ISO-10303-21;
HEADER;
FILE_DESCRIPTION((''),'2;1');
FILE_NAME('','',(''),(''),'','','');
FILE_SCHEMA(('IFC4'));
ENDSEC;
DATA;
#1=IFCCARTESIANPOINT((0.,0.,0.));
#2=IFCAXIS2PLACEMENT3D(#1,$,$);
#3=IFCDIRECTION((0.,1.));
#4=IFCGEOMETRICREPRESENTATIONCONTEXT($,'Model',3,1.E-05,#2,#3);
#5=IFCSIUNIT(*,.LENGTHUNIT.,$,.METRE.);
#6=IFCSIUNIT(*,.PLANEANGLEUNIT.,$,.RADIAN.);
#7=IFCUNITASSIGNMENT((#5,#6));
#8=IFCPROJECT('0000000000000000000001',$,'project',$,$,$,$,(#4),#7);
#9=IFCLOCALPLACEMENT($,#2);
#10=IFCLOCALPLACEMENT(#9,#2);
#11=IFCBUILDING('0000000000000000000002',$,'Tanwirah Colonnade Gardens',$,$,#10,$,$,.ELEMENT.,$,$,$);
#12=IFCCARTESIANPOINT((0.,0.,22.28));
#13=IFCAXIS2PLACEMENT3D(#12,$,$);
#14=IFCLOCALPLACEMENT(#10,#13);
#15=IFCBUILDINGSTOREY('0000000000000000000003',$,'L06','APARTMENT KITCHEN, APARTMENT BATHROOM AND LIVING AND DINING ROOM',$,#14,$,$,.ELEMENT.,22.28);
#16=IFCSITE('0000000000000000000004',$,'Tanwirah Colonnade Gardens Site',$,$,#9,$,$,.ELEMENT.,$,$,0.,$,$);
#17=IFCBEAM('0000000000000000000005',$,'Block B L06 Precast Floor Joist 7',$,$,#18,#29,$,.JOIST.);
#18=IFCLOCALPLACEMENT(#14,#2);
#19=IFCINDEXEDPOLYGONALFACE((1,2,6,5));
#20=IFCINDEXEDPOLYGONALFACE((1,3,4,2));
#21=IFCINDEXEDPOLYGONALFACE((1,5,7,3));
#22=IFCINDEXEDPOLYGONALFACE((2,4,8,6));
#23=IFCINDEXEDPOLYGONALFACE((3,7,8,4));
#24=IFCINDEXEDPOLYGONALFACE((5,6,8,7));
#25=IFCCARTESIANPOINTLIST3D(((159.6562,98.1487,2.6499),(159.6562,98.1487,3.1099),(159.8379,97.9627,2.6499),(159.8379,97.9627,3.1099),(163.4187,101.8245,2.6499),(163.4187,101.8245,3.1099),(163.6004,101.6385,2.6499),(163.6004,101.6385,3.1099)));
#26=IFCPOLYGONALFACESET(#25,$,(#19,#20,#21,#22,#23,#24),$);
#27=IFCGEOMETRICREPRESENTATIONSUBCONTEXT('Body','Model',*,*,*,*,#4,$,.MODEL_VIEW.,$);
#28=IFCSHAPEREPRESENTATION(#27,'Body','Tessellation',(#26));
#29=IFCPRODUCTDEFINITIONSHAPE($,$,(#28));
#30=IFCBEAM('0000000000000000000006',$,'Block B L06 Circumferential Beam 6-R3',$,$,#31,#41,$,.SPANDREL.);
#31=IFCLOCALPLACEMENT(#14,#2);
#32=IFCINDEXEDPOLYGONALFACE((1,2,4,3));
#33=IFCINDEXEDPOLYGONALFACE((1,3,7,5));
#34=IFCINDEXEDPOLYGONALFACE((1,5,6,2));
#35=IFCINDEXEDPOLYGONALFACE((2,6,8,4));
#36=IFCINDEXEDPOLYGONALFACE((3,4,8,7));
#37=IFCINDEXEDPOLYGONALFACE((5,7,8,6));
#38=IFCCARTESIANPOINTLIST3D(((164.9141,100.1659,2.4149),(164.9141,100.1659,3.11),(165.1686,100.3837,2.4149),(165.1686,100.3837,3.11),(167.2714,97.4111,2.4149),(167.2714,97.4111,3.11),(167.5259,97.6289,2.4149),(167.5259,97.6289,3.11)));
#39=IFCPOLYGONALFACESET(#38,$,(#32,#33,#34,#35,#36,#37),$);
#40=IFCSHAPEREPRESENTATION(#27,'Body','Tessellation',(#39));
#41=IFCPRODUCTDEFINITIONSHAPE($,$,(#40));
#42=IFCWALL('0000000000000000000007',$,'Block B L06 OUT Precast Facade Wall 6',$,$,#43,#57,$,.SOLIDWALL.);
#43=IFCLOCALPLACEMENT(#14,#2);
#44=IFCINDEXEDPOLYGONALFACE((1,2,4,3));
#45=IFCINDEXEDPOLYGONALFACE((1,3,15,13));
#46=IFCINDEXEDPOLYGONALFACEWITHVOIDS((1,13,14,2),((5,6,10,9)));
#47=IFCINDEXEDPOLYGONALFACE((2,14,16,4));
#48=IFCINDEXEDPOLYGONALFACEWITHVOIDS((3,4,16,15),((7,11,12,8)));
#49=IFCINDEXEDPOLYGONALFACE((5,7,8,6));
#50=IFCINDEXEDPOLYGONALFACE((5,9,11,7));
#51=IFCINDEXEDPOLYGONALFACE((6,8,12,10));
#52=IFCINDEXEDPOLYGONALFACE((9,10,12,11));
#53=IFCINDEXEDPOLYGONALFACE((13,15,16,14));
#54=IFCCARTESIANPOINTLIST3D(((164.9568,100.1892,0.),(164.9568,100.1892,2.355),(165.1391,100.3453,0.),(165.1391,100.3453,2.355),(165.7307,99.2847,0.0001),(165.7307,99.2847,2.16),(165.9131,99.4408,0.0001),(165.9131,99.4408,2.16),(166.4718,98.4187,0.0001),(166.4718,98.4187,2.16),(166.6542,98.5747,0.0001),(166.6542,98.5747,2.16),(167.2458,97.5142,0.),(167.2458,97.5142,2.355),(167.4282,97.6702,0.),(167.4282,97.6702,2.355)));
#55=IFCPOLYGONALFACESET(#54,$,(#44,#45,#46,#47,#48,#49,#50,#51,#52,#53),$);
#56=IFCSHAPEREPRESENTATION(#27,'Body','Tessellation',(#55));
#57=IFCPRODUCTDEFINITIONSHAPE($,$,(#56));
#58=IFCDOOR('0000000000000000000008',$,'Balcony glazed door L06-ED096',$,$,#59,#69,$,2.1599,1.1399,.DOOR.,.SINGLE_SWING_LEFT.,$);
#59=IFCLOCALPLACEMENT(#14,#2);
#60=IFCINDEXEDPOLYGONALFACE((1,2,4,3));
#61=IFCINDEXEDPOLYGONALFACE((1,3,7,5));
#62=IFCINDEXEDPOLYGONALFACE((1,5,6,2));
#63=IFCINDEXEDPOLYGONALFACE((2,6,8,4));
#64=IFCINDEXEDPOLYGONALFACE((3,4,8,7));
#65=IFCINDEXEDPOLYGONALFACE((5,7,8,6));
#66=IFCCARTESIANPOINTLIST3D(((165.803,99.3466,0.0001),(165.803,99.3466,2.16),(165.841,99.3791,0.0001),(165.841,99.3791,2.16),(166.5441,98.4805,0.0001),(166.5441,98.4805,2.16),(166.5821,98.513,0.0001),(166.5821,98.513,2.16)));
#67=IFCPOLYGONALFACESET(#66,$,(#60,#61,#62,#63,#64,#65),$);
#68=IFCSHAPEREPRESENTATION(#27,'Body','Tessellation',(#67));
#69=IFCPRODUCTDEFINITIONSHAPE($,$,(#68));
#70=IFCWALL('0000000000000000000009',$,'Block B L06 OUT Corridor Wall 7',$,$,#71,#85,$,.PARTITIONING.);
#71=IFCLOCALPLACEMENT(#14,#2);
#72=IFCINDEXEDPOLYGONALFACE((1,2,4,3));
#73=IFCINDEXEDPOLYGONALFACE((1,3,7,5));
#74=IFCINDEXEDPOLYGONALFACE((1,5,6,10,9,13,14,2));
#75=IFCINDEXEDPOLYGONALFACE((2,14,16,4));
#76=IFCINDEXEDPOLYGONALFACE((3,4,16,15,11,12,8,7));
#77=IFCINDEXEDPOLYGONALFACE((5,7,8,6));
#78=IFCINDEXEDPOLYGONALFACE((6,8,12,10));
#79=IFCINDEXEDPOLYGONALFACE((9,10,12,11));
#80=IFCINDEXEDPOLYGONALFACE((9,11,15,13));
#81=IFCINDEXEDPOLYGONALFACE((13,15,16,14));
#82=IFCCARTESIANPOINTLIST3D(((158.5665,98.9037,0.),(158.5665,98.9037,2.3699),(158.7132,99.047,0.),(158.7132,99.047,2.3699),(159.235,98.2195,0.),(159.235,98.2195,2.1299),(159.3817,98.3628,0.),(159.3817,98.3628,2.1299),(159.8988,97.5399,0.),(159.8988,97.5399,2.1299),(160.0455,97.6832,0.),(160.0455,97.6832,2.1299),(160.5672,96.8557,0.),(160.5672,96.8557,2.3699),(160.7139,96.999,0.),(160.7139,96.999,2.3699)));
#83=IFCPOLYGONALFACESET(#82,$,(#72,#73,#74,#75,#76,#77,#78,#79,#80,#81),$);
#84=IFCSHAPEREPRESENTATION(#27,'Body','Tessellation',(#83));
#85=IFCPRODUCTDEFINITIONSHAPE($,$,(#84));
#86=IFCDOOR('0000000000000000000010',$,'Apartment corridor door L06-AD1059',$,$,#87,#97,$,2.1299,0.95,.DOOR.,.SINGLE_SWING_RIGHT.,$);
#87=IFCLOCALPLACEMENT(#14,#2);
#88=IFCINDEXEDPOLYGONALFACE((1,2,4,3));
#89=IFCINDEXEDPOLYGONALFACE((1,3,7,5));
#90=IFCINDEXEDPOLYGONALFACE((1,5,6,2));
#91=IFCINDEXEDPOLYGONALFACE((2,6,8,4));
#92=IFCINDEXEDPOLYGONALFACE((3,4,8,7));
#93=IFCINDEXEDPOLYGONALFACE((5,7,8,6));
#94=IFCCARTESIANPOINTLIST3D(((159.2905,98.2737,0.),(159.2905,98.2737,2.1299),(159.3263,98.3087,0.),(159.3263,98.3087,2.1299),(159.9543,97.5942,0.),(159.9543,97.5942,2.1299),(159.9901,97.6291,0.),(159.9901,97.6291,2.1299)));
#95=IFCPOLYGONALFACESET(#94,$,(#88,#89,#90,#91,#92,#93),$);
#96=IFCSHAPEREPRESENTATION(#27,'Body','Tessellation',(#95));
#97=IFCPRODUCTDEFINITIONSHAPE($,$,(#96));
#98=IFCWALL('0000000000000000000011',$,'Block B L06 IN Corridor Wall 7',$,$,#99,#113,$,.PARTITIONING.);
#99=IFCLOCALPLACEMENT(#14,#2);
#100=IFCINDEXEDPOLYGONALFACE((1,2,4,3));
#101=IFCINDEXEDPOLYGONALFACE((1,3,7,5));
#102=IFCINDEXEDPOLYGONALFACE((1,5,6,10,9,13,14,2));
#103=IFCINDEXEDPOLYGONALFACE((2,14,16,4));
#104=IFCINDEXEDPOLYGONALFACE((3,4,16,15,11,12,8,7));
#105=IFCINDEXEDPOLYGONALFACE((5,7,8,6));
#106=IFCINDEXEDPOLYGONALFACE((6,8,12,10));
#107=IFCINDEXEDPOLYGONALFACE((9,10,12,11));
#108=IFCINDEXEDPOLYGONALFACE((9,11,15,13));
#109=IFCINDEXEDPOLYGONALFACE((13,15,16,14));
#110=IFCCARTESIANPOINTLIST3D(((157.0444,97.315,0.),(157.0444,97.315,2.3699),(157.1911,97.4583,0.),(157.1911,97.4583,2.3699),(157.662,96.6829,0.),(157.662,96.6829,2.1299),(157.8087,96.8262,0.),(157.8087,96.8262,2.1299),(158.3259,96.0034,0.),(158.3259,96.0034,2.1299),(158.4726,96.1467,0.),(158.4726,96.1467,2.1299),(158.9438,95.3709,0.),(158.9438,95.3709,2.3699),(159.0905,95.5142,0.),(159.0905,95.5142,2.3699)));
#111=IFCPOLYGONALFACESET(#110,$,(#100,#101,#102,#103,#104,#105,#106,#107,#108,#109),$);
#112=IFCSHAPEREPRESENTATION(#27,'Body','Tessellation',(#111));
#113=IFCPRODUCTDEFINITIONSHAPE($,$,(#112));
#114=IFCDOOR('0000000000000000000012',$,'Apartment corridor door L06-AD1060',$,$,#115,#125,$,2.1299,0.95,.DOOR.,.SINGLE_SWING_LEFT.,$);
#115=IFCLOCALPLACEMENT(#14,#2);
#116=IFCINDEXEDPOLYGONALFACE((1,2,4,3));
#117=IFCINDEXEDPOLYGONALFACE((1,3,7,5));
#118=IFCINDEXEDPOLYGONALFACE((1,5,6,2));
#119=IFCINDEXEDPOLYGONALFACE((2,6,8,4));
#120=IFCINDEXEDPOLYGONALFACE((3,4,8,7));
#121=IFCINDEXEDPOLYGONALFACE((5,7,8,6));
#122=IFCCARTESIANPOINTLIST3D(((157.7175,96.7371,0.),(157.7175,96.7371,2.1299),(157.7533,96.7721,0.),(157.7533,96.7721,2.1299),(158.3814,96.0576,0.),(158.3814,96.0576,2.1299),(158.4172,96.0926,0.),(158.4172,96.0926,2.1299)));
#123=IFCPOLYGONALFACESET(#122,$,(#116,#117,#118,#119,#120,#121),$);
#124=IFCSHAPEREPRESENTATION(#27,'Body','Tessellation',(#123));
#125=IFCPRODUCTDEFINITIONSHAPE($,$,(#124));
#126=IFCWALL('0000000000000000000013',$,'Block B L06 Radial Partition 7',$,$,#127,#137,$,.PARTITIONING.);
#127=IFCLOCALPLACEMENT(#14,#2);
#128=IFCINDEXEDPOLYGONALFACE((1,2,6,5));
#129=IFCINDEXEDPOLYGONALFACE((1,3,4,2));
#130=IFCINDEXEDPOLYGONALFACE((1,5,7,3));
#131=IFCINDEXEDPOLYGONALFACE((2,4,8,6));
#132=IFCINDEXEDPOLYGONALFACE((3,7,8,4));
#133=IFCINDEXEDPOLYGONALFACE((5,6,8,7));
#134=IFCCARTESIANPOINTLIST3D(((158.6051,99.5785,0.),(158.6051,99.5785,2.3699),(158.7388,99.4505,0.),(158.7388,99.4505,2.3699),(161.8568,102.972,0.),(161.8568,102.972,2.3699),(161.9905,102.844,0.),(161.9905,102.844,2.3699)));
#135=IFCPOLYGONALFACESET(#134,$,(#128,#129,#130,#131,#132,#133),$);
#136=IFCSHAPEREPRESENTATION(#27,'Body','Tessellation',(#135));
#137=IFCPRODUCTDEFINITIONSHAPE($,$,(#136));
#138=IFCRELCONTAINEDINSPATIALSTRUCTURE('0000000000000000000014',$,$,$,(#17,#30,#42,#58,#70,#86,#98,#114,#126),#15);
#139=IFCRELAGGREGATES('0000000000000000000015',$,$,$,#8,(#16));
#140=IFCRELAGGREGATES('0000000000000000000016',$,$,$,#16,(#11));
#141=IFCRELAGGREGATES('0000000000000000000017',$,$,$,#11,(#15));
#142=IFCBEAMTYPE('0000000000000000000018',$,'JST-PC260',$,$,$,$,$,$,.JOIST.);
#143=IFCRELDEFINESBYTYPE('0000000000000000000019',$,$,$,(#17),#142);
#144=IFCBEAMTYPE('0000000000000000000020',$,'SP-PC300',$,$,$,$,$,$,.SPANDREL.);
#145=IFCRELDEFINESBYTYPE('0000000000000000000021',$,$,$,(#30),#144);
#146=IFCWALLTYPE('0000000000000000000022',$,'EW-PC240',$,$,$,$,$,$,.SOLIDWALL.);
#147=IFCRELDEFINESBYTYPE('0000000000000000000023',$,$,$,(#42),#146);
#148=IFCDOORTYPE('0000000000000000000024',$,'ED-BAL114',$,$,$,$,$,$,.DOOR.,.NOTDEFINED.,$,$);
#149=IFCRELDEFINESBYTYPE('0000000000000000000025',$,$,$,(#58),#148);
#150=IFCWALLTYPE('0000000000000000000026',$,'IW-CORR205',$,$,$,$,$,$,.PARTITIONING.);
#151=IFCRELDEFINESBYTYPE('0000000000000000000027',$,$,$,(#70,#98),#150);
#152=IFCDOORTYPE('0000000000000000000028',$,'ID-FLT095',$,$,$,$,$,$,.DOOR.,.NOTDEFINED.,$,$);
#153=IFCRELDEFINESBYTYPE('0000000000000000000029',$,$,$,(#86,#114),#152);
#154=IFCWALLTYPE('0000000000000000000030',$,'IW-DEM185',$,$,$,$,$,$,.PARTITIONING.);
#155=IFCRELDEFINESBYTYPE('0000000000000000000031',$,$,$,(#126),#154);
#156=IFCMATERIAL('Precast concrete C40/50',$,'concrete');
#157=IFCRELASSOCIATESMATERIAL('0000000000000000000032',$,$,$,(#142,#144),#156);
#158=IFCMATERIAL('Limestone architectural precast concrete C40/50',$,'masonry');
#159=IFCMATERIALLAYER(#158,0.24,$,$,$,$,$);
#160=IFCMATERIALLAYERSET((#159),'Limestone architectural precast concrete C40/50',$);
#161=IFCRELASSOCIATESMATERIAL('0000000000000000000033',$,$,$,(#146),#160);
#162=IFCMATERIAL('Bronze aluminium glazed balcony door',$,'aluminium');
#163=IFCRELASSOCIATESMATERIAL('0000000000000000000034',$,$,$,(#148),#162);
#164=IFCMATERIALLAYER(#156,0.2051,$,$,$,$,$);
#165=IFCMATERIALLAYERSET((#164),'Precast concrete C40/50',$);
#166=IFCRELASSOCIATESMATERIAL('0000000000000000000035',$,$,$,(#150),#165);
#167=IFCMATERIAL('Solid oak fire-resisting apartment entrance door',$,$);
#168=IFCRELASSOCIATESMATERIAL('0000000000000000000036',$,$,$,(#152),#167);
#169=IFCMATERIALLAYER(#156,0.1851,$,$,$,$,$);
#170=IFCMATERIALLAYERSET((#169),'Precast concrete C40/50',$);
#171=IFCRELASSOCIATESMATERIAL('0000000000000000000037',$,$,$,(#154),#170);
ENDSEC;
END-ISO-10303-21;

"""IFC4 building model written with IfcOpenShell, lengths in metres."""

from ifc_helpers import new_model, si_unit, direction, frame, frame_2d, origin, origin_2d, place, context, subcontext, project, spatial, rectangle, extrude, material, layer, layer_set, material_profile, profile_set, type_object, element, fill, save


model = new_model("IFC4")

# Units and contexts
model_context = context("Model", 3, precision=1e-05, world=origin(), true_north=direction((0.0, 1.0)))
body_context = subcontext(model_context, "Body", "Model", "MODEL_VIEW")
ifc_project = project(units=[si_unit("LENGTHUNIT", "METRE"), si_unit("PLANEANGLEUNIT", "RADIAN")], contexts=[model_context])

# Site, building, storey
site_placement = place(None, origin())
site = spatial("IfcSite", under=ifc_project, at=site_placement, Name="Tanwirah Colonnade Gardens Site", CompositionType="ELEMENT", RefElevation=0.0)
building_placement = place(site_placement, origin())
building = spatial("IfcBuilding", under=site, at=building_placement, Name="Tanwirah Colonnade Gardens", CompositionType="ELEMENT")
storey_placement = place(building_placement, frame((0.0, 0.0, 22.28)))
storey = spatial("IfcBuildingStorey", under=building, at=storey_placement, Name="L06", Description="APARTMENT KITCHEN, APARTMENT BATHROOM AND LIVING AND DINING ROOM", CompositionType="ELEMENT", Elevation=22.28)

# Beams
ifc_material_1 = material(Name="Precast concrete C40/50", Category="concrete")
ifc_material_profile_1 = material_profile(ifc_material_1, rectangle(XDim=0.26, YDim=0.46, at=origin_2d()), Name="PC-JST 260x460")
ifc_profile_set_1 = profile_set([ifc_material_profile_1], Name="Precast concrete C40/50")
beam_type_1 = type_object("IfcBeamType", Name="JST-PC260", PredefinedType="JOIST", material=ifc_profile_set_1)
beam_1_placement = place(storey_placement, frame((159.7471, 98.0557, 2.8799), z_axis=(0.715297, 0.69882, 0.0), x_axis=(-0.69882, 0.715297, 0.0)))
element("IfcBeam", 1, at=beam_1_placement, inside=storey, type_object=beam_type_1, Name="Block B L06 Precast Floor Joist 7", PredefinedType="JOIST", context=body_context, shape_type="SweptSolid", body=[
    extrude(rectangle(XDim=0.26, YDim=0.46, at=origin_2d()), origin(), (0.0, 0.0, 1.0), 5.26),
])
ifc_material_profile_2 = material_profile(ifc_material_1, rectangle(XDim=0.335, YDim=0.6951, at=origin_2d()), Name="PC-SP 335x695")
ifc_profile_set_2 = profile_set([ifc_material_profile_2], Name="Precast concrete C40/50")
beam_type_2 = type_object("IfcBeamType", Name="SP-PC300", PredefinedType="SPANDREL", material=ifc_profile_set_2)
beam_2_placement = place(storey_placement, frame((167.3987, 97.52, 2.7625), z_axis=(-0.65017, 0.759789, 0.0), x_axis=(-0.759789, -0.65017, 0.0)))
element("IfcBeam", 2, at=beam_2_placement, inside=storey, type_object=beam_type_2, Name="Block B L06 Circumferential Beam 6-R3", PredefinedType="SPANDREL", context=body_context, shape_type="SweptSolid", body=[
    extrude(rectangle(XDim=0.335, YDim=0.6951, at=origin_2d()), origin(), (0.0, 0.0, 1.0), 3.6257),
])

# Walls, openings, doors
ifc_material_2 = material(Name="Limestone architectural precast concrete C40/50", Category="masonry")
ifc_layer_1 = layer(ifc_material_2, 0.24)
ifc_layer_set_1 = layer_set([ifc_layer_1], Name="Limestone architectural precast concrete C40/50")
wall_type_1 = type_object("IfcWallType", Name="EW-PC240", PredefinedType="SOLIDWALL", material=ifc_layer_set_1)
wall_1_placement = place(storey_placement, frame((167.3369, 97.5923, 0.0), z_axis=(0.0, 0.0, 1.0), x_axis=(-0.650163, 0.759795, 0.0)))
wall_1 = element("IfcWall", 3, at=wall_1_placement, inside=storey, type_object=wall_type_1, Name="Block B L06 OUT Precast Facade Wall 6", PredefinedType="SOLIDWALL", context=body_context, shape_type="SweptSolid", body=[
    extrude(rectangle(XDim=3.5208, YDim=0.24, at=frame_2d((1.7603, 0.0))), origin(), (0.0, 0.0, 1.0), 2.355),
])
opening_1_placement = place(wall_1_placement, frame((1.1904, 0.0, 0.0)))
opening_1 = element("IfcOpeningElement", 4, at=opening_1_placement, cuts=wall_1, PredefinedType="OPENING", context=body_context, shape_type="SweptSolid", body=[
    extrude(rectangle(XDim=1.1399, YDim=2.1599, at=frame_2d((0.5698, 1.0801))), frame((0.0, 0.1299, 0.0), z_axis=(0.0, -1.0, 0.0), x_axis=(1.0, 0.0, 0.0)), (0.0, 0.0, 1.0), 0.26),
])
ifc_material_3 = material(Name="Bronze aluminium glazed balcony door", Category="aluminium")
door_type_1 = type_object("IfcDoorType", Name="ED-BAL114", OperationType="NOTDEFINED", PredefinedType="DOOR", material=ifc_material_3)
door_1_placement = place(opening_1_placement, origin())
door_1 = element("IfcDoor", 5, at=door_1_placement, inside=storey, type_object=door_type_1, Name="Balcony glazed door L06-ED096", OperationType="SINGLE_SWING_LEFT", OverallHeight=2.1599, OverallWidth=1.1399, PredefinedType="DOOR", context=body_context, shape_type="SweptSolid", body=[
    extrude(rectangle(XDim=1.1399, YDim=2.1599, at=frame_2d((0.5698, 1.0801))), frame((0.0, 0.0249, 0.0), z_axis=(0.0, -1.0, 0.0), x_axis=(1.0, 0.0, 0.0)), (0.0, 0.0, 1.0), 0.05),
])
fill(opening_1, door_1)
ifc_layer_2 = layer(ifc_material_1, 0.2051)
ifc_layer_set_2 = layer_set([ifc_layer_2], Name="Precast concrete C40/50")
wall_type_2 = type_object("IfcWallType", Name="IW-CORR205", PredefinedType="PARTITIONING", material=ifc_layer_set_2)
wall_2_placement = place(storey_placement, frame((160.6406, 96.9272, 0.0), z_axis=(0.0, 0.0, 1.0), x_axis=(-0.698787, 0.71533, 0.0)))
wall_2 = element("IfcWall", 6, at=wall_2_placement, inside=storey, type_object=wall_type_2, Name="Block B L06 OUT Corridor Wall 7", PredefinedType="PARTITIONING", context=body_context, shape_type="SweptSolid", body=[
    extrude(rectangle(XDim=2.863, YDim=0.2051, at=frame_2d((1.4316, 0.0))), origin(), (0.0, 0.0, 1.0), 2.3699),
])
opening_2_placement = place(wall_2_placement, frame((0.9565, 0.0, 0.0)))
opening_2 = element("IfcOpeningElement", 7, at=opening_2_placement, cuts=wall_2, PredefinedType="OPENING", context=body_context, shape_type="SweptSolid", body=[
    extrude(rectangle(XDim=0.95, YDim=2.1299, at=frame_2d((0.4751, 1.0649))), frame((0.0, 0.1125, 0.0), z_axis=(0.0, -1.0, 0.0), x_axis=(1.0, 0.0, 0.0)), (0.0, 0.0, 1.0), 0.2251),
])
ifc_material_4 = material(Name="Solid oak fire-resisting apartment entrance door")
door_type_2 = type_object("IfcDoorType", Name="ID-FLT095", OperationType="NOTDEFINED", PredefinedType="DOOR", material=ifc_material_4)
door_2_placement = place(opening_2_placement, origin())
door_2 = element("IfcDoor", 8, at=door_2_placement, inside=storey, type_object=door_type_2, Name="Apartment corridor door L06-AD1059", OperationType="SINGLE_SWING_RIGHT", OverallHeight=2.1299, OverallWidth=0.95, PredefinedType="DOOR", context=body_context, shape_type="SweptSolid", body=[
    extrude(rectangle(XDim=0.95, YDim=2.1299, at=frame_2d((0.4751, 1.0649))), frame((0.0, 0.0249, 0.0), z_axis=(0.0, -1.0, 0.0), x_axis=(1.0, 0.0, 0.0)), (0.0, 0.0, 1.0), 0.05),
])
fill(opening_2, door_2)
wall_3_placement = place(storey_placement, frame((159.0171, 95.4426, 0.0), z_axis=(0.0, 0.0, 1.0), x_axis=(-0.69884, 0.715278, 0.0)))
wall_3 = element("IfcWall", 9, at=wall_3_placement, inside=storey, type_object=wall_type_2, Name="Block B L06 IN Corridor Wall 7", PredefinedType="PARTITIONING", context=body_context, shape_type="SweptSolid", body=[
    extrude(rectangle(XDim=2.718, YDim=0.2051, at=frame_2d((1.3589, 0.0))), origin(), (0.0, 0.0, 1.0), 2.3699),
])
opening_3_placement = place(wall_3_placement, frame((0.884, 0.0, 0.0)))
opening_3 = element("IfcOpeningElement", 10, at=opening_3_placement, cuts=wall_3, PredefinedType="OPENING", context=body_context, shape_type="SweptSolid", body=[
    extrude(rectangle(XDim=0.95, YDim=2.1299, at=frame_2d((0.4751, 1.0649))), frame((0.0, 0.1125, 0.0), z_axis=(0.0, -1.0, 0.0), x_axis=(1.0, 0.0, 0.0)), (0.0, 0.0, 1.0), 0.2251),
])
door_3_placement = place(opening_3_placement, origin())
door_3 = element("IfcDoor", 11, at=door_3_placement, inside=storey, type_object=door_type_2, Name="Apartment corridor door L06-AD1060", OperationType="SINGLE_SWING_LEFT", OverallHeight=2.1299, OverallWidth=0.95, PredefinedType="DOOR", context=body_context, shape_type="SweptSolid", body=[
    extrude(rectangle(XDim=0.95, YDim=2.1299, at=frame_2d((0.4751, 1.0649))), frame((0.0, 0.0249, 0.0), z_axis=(0.0, -1.0, 0.0), x_axis=(1.0, 0.0, 0.0)), (0.0, 0.0, 1.0), 0.05),
])
fill(opening_3, door_3)

# Wall
ifc_layer_3 = layer(ifc_material_1, 0.1851)
ifc_layer_set_3 = layer_set([ifc_layer_3], Name="Precast concrete C40/50")
wall_type_3 = type_object("IfcWallType", Name="IW-DEM185", PredefinedType="PARTITIONING", material=ifc_layer_set_3)
wall_4_placement = place(storey_placement, frame((158.6719, 99.5144, 0.0), z_axis=(0.0, 0.0, 1.0), x_axis=(0.691856, 0.722036, 0.0)))
element("IfcWall", 12, at=wall_4_placement, inside=storey, type_object=wall_type_3, Name="Block B L06 Radial Partition 7", PredefinedType="PARTITIONING", context=body_context, shape_type="SweptSolid", body=[
    extrude(rectangle(XDim=4.7, YDim=0.1851, at=frame_2d((2.3501, 0.0))), origin(), (0.0, 0.0, 1.0), 2.3699),
])

save(model, "model.ifc")
